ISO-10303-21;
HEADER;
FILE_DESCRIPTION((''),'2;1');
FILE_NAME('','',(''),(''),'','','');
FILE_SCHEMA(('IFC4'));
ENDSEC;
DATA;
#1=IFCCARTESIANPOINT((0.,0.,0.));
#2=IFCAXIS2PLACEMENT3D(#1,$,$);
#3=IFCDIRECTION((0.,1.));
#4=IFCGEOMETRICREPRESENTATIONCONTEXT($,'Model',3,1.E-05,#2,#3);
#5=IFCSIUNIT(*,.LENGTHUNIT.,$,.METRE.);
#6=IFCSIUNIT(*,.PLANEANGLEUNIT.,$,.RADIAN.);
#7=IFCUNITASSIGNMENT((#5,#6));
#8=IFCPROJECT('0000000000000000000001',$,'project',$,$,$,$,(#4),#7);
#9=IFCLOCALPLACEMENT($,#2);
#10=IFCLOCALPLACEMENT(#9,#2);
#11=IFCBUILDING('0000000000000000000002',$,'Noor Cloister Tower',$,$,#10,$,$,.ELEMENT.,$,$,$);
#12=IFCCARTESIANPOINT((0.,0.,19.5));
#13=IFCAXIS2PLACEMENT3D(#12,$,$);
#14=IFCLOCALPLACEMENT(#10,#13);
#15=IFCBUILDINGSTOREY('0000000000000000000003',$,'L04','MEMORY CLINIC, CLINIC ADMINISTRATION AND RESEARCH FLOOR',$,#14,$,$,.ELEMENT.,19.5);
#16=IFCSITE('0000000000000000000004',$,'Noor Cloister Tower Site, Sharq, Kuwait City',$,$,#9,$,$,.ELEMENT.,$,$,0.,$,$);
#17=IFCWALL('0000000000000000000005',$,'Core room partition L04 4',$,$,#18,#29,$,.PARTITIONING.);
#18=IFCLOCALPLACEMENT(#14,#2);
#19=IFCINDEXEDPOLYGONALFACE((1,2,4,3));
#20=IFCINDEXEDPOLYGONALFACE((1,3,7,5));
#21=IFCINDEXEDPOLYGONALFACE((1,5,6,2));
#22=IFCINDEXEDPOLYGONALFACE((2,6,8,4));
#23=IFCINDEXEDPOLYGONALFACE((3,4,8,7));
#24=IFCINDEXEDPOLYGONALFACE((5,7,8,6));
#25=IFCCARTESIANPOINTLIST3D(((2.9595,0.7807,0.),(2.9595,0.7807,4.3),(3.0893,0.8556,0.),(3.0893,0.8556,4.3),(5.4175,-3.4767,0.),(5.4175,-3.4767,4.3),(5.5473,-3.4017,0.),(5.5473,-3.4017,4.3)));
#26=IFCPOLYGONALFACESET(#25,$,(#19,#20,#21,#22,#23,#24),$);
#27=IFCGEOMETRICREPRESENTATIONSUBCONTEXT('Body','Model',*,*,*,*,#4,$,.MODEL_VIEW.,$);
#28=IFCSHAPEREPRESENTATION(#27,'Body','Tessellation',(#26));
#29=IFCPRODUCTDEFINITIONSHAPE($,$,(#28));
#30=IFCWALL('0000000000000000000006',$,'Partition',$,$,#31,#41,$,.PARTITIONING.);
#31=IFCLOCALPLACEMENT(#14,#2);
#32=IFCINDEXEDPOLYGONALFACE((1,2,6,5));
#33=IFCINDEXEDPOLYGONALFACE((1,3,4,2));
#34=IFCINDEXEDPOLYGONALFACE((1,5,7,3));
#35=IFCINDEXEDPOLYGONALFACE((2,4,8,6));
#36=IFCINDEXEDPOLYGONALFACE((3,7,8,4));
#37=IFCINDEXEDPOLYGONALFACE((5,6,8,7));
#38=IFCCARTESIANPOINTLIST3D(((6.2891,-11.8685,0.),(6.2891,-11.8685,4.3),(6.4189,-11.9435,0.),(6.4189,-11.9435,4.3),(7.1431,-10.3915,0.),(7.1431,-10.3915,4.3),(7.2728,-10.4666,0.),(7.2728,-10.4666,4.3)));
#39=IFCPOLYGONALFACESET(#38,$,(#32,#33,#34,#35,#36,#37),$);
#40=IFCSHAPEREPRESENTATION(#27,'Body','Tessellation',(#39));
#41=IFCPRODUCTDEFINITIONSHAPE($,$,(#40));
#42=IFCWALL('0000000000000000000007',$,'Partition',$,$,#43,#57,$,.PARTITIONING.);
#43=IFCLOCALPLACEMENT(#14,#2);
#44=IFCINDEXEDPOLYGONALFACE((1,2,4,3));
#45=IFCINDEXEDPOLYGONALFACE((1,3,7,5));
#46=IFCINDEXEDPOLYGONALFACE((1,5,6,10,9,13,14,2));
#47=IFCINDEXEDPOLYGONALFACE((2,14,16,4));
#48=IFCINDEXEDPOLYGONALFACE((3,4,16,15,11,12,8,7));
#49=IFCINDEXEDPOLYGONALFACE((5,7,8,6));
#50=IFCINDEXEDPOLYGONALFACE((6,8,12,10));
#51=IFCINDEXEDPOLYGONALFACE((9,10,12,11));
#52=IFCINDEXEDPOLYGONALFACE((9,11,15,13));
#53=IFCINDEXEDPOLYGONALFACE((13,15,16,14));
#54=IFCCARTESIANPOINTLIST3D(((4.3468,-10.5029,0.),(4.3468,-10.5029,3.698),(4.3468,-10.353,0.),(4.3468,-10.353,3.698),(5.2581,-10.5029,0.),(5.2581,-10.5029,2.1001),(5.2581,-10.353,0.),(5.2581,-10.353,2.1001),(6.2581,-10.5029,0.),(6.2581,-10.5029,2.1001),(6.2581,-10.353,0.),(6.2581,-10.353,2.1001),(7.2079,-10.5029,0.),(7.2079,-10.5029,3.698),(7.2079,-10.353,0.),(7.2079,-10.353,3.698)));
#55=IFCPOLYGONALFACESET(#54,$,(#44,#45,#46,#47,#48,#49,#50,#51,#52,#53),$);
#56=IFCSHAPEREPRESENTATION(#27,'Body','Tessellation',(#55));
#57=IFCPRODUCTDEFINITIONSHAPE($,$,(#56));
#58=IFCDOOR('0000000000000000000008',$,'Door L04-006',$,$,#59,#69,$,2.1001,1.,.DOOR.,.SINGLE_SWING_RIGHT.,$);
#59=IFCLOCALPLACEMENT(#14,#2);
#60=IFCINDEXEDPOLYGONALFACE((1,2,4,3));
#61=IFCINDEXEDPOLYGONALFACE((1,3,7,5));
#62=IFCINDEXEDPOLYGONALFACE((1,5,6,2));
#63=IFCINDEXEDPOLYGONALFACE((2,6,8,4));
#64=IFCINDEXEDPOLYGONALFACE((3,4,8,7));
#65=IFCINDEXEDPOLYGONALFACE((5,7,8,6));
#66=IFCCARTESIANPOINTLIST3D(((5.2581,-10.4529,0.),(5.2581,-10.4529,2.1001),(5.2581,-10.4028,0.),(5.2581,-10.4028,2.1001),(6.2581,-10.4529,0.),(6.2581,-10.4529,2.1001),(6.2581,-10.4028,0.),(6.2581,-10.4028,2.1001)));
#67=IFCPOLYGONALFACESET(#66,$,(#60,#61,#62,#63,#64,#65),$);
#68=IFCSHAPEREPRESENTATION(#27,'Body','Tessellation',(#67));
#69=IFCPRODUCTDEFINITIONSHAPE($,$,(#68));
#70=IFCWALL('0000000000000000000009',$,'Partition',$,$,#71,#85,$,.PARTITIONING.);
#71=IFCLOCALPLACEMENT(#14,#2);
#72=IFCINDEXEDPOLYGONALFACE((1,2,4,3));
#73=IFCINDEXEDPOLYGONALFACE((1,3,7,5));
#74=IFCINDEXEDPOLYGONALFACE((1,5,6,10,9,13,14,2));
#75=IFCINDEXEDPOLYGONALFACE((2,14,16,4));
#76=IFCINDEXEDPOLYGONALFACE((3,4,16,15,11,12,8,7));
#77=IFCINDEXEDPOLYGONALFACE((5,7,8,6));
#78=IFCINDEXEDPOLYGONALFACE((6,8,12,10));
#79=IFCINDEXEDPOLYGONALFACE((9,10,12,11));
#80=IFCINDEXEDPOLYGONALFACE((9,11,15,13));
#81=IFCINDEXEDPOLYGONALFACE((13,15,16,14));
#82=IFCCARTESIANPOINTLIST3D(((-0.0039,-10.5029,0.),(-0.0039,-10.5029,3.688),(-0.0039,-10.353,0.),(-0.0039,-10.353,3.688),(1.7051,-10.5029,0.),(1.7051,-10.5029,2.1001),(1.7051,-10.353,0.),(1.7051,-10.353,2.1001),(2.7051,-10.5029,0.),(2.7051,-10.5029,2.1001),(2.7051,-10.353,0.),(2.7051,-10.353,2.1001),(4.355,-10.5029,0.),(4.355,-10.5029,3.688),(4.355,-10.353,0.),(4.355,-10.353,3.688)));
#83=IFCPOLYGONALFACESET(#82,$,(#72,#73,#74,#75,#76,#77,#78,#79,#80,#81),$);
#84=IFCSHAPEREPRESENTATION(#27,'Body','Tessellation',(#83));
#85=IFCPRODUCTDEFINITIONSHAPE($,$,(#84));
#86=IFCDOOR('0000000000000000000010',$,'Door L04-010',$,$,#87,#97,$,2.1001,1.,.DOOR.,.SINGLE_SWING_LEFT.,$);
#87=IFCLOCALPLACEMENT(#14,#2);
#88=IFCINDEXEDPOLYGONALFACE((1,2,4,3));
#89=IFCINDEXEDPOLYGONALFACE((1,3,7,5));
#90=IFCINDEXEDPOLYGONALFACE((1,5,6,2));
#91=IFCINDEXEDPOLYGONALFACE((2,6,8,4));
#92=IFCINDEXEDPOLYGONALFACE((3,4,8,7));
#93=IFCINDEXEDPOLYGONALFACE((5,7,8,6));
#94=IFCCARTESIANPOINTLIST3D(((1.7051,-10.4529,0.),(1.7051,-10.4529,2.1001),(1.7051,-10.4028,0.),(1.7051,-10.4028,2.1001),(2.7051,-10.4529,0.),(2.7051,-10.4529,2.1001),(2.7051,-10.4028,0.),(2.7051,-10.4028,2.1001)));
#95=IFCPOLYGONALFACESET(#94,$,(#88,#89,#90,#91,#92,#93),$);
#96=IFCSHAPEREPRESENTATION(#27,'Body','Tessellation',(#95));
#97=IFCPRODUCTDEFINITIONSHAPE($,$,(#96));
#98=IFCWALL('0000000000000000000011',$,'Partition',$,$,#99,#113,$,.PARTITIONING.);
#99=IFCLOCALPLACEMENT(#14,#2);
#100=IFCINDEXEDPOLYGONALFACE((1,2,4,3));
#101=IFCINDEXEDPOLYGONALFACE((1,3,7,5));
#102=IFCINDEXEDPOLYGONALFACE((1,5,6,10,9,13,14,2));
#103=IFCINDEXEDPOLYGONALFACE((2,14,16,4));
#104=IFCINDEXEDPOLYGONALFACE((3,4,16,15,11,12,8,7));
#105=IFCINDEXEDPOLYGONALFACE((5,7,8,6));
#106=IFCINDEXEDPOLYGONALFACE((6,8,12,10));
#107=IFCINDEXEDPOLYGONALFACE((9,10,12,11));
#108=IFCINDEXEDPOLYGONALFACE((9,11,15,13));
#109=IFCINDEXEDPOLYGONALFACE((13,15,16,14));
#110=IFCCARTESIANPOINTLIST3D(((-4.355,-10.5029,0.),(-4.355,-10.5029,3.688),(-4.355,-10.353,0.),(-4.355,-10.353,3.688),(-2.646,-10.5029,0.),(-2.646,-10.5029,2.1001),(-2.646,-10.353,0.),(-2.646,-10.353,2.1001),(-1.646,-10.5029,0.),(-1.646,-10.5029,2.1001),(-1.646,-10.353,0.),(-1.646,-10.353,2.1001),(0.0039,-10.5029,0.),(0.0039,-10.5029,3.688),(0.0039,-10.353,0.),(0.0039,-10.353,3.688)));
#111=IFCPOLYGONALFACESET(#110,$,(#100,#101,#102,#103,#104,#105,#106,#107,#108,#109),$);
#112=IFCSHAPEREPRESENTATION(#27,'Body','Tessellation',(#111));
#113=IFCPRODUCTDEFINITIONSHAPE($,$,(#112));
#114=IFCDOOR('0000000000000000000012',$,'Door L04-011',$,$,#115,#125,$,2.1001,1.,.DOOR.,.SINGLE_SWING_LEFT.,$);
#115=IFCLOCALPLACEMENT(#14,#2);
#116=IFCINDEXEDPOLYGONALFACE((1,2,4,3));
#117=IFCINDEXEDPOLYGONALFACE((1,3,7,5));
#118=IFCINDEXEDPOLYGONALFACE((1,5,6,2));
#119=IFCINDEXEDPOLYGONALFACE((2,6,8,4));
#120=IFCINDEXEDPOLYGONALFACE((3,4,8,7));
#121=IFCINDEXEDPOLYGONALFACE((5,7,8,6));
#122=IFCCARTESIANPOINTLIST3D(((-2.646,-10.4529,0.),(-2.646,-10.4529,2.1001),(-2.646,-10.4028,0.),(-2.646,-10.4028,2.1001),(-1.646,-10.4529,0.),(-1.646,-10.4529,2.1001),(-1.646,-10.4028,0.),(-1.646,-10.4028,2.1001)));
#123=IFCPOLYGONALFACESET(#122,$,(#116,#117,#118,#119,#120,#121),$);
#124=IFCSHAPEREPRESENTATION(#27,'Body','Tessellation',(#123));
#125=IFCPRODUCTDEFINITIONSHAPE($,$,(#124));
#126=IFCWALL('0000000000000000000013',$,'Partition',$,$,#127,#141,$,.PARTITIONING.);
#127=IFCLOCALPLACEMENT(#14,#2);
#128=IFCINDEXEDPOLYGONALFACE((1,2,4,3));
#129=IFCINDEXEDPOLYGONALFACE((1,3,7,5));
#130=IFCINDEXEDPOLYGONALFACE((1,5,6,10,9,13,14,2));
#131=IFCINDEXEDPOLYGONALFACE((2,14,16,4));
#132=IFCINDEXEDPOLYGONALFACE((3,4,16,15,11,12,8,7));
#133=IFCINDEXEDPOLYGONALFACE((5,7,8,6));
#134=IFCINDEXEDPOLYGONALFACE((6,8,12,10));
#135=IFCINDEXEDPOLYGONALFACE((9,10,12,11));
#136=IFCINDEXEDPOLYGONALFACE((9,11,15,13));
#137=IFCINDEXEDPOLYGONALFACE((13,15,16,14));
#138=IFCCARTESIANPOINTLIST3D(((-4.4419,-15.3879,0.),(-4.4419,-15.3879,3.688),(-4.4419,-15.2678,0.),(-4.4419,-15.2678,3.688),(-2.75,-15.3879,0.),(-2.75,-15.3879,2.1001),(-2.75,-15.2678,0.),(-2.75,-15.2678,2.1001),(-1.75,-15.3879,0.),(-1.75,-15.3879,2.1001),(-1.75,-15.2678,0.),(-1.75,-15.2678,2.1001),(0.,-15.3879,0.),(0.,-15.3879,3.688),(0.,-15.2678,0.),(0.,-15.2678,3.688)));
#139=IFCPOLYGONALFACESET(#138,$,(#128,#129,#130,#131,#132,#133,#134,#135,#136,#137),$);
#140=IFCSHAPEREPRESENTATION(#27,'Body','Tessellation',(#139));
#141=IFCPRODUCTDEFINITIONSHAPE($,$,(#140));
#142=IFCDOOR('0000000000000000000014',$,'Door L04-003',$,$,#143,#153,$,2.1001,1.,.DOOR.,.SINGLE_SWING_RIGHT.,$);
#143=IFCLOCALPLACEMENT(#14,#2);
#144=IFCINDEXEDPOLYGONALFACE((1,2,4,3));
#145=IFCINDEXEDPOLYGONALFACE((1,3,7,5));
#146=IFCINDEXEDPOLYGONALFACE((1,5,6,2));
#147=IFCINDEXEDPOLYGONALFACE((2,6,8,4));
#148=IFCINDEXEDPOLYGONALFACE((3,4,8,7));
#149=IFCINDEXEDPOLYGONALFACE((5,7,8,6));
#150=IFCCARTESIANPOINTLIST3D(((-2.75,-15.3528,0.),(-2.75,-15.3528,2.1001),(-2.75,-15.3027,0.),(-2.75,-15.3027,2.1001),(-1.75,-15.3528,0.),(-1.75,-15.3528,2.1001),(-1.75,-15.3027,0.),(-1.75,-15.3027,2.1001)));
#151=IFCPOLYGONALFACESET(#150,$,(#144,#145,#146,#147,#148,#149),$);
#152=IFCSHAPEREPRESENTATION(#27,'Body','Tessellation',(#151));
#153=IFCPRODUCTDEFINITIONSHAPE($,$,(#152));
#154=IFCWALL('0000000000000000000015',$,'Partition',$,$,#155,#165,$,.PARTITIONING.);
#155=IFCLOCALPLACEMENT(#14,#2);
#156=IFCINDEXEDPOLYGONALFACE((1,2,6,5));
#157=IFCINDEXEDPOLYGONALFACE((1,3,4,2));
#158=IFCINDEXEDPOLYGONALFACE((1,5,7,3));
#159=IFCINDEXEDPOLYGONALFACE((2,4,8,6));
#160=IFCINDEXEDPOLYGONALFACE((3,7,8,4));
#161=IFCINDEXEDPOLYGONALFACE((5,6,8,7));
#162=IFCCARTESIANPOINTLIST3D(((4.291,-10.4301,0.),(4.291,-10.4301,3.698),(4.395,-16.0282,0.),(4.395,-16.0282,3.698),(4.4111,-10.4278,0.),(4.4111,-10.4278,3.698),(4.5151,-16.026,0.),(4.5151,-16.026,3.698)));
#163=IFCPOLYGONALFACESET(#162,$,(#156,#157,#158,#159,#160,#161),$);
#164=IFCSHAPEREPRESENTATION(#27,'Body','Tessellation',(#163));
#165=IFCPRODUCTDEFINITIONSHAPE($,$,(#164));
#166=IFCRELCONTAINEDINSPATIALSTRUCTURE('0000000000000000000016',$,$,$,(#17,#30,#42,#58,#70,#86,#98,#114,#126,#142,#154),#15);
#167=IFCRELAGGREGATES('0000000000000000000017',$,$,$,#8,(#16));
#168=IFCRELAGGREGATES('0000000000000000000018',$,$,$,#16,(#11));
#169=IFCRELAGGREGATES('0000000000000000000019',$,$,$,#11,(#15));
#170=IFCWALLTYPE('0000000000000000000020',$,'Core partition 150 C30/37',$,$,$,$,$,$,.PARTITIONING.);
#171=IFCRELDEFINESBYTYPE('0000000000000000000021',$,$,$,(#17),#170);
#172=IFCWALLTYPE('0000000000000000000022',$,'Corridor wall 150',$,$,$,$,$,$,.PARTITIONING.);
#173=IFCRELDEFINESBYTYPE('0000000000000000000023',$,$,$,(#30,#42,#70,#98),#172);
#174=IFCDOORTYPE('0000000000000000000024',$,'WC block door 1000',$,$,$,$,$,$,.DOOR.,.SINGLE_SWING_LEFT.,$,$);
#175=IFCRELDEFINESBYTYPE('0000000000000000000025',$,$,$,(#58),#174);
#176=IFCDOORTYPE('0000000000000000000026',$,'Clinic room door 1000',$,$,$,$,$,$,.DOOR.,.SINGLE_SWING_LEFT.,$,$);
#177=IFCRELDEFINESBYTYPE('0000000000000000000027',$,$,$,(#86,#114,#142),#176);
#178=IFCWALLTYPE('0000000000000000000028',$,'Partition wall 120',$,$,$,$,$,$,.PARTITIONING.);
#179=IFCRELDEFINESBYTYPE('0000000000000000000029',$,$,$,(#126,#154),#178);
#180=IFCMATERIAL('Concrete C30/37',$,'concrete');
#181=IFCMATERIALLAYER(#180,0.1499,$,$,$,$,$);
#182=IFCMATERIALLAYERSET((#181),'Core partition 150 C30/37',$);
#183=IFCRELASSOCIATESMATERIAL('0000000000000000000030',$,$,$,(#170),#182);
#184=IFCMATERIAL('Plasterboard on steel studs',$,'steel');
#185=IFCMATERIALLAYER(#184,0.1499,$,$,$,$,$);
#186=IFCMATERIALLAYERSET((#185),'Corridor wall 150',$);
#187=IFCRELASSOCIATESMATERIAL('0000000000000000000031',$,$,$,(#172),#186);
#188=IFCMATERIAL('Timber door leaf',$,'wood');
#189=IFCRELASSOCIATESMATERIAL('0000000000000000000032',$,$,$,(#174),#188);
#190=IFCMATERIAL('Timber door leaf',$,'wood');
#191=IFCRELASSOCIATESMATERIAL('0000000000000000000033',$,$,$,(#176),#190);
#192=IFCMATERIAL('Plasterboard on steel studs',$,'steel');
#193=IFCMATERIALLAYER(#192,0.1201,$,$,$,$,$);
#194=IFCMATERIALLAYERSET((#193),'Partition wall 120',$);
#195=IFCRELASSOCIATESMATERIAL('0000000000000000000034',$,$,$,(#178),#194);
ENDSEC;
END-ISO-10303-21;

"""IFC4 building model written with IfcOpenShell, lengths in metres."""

from ifc_helpers import new_model, si_unit, direction, frame, frame_2d, origin, place, context, subcontext, project, spatial, rectangle, extrude, material, layer, layer_set, type_object, element, fill, save


model = new_model("IFC4")

# Units and contexts
model_context = context("Model", 3, precision=1e-05, world=origin(), true_north=direction((0.0, 1.0)))
body_context = subcontext(model_context, "Body", "Model", "MODEL_VIEW")
ifc_project = project(units=[si_unit("LENGTHUNIT", "METRE"), si_unit("PLANEANGLEUNIT", "RADIAN")], contexts=[model_context])

# Site, building, storey
site_placement = place(None, origin())
site = spatial("IfcSite", under=ifc_project, at=site_placement, Name="Noor Cloister Tower Site, Sharq, Kuwait City", CompositionType="ELEMENT", RefElevation=0.0)
building_placement = place(site_placement, origin())
building = spatial("IfcBuilding", under=site, at=building_placement, Name="Noor Cloister Tower", CompositionType="ELEMENT")
storey_placement = place(building_placement, frame((0.0, 0.0, 19.5)))
storey = spatial("IfcBuildingStorey", under=building, at=storey_placement, Name="L04", Description="MEMORY CLINIC, CLINIC ADMINISTRATION AND RESEARCH FLOOR", CompositionType="ELEMENT", Elevation=19.5)

# Walls
ifc_material_1 = material(Name="Concrete C30/37", Category="concrete")
ifc_layer_1 = layer(ifc_material_1, 0.1499)
ifc_layer_set_1 = layer_set([ifc_layer_1], Name="Core partition 150 C30/37")
wall_type_1 = type_object("IfcWallType", Name="Core partition 150 C30/37", PredefinedType="PARTITIONING", material=ifc_layer_set_1)
wall_1_placement = place(storey_placement, frame((5.4824, -3.4392, 0.0), z_axis=(0.0, 0.0, 1.0), x_axis=(-0.500006, 0.866022, 0.0)))
element("IfcWall", 1, at=wall_1_placement, inside=storey, type_object=wall_type_1, Name="Core room partition L04 4", PredefinedType="PARTITIONING", context=body_context, shape_type="SweptSolid", body=[
    extrude(rectangle(XDim=4.916, YDim=0.1499, at=frame_2d((2.458, 0.0))), origin(), (0.0, 0.0, 1.0), 4.3),
])
ifc_material_2 = material(Name="Plasterboard on steel studs", Category="steel")
ifc_layer_2 = layer(ifc_material_2, 0.1499)
ifc_layer_set_2 = layer_set([ifc_layer_2], Name="Corridor wall 150")
wall_type_2 = type_object("IfcWallType", Name="Corridor wall 150", PredefinedType="PARTITIONING", material=ifc_layer_set_2)
wall_2_placement = place(storey_placement, frame((6.354, -11.906, 0.0), z_axis=(0.0, 0.0, 1.0), x_axis=(0.50054, 0.865714, 0.0)))
element("IfcWall", 2, at=wall_2_placement, inside=storey, type_object=wall_type_2, Name="Partition", PredefinedType="PARTITIONING", context=body_context, shape_type="SweptSolid", body=[
    extrude(rectangle(XDim=1.7061, YDim=0.1499, at=frame_2d((0.853, 0.0))), origin(), (0.0, 0.0, 1.0), 4.3),
])

# Walls, openings, doors
wall_3_placement = place(storey_placement, frame((7.208, -10.428, 0.0), z_axis=(0.0, 0.0, 1.0), x_axis=(-1.0, 0.0, 0.0)))
wall_3 = element("IfcWall", 3, at=wall_3_placement, inside=storey, type_object=wall_type_2, Name="Partition", PredefinedType="PARTITIONING", context=body_context, shape_type="SweptSolid", body=[
    extrude(rectangle(XDim=2.8611, YDim=0.1499, at=frame_2d((1.4307, 0.0))), origin(), (0.0, 0.0, 1.0), 3.698),
])
opening_1_placement = place(wall_3_placement, frame((0.95, 0.0, 0.0)))
opening_1 = element("IfcOpeningElement", 4, at=opening_1_placement, cuts=wall_3, PredefinedType="OPENING", context=body_context, shape_type="SweptSolid", body=[
    extrude(rectangle(XDim=1.0, YDim=2.1001, at=frame_2d((0.5, 1.05))), frame((0.0, 0.085, 0.0), z_axis=(0.0, -1.0, 0.0), x_axis=(1.0, 0.0, 0.0)), (0.0, 0.0, 1.0), 0.1699),
])
ifc_material_3 = material(Name="Timber door leaf", Category="wood")
door_type_1 = type_object("IfcDoorType", Name="WC block door 1000", OperationType="SINGLE_SWING_LEFT", PredefinedType="DOOR", material=ifc_material_3)
door_1_placement = place(opening_1_placement, origin())
door_1 = element("IfcDoor", 5, at=door_1_placement, inside=storey, type_object=door_type_1, Name="Door L04-006", OperationType="SINGLE_SWING_RIGHT", OverallHeight=2.1001, OverallWidth=1.0, PredefinedType="DOOR", context=body_context, shape_type="SweptSolid", body=[
    extrude(rectangle(XDim=1.0, YDim=2.1001, at=frame_2d((0.5, 1.05))), frame((0.0, 0.0249, 0.0), z_axis=(0.0, -1.0, 0.0), x_axis=(1.0, 0.0, 0.0)), (0.0, 0.0, 1.0), 0.05),
])
fill(opening_1, door_1)
wall_4_placement = place(storey_placement, frame((4.355, -10.428, 0.0), z_axis=(0.0, 0.0, 1.0), x_axis=(-1.0, 0.0, 0.0)))
wall_4 = element("IfcWall", 6, at=wall_4_placement, inside=storey, type_object=wall_type_2, Name="Partition", PredefinedType="PARTITIONING", context=body_context, shape_type="SweptSolid", body=[
    extrude(rectangle(XDim=4.3589, YDim=0.1499, at=frame_2d((2.1794, 0.0))), origin(), (0.0, 0.0, 1.0), 3.688),
])
opening_2_placement = place(wall_4_placement, frame((1.6499, 0.0, 0.0)))
opening_2 = element("IfcOpeningElement", 7, at=opening_2_placement, cuts=wall_4, PredefinedType="OPENING", context=body_context, shape_type="SweptSolid", body=[
    extrude(rectangle(XDim=1.0, YDim=2.1001, at=frame_2d((0.5, 1.05))), frame((0.0, 0.085, 0.0), z_axis=(0.0, -1.0, 0.0), x_axis=(1.0, 0.0, 0.0)), (0.0, 0.0, 1.0), 0.1699),
])
ifc_material_4 = material(Name="Timber door leaf", Category="wood")
door_type_2 = type_object("IfcDoorType", Name="Clinic room door 1000", OperationType="SINGLE_SWING_LEFT", PredefinedType="DOOR", material=ifc_material_4)
door_2_placement = place(opening_2_placement, origin())
door_2 = element("IfcDoor", 8, at=door_2_placement, inside=storey, type_object=door_type_2, Name="Door L04-010", OperationType="SINGLE_SWING_LEFT", OverallHeight=2.1001, OverallWidth=1.0, PredefinedType="DOOR", context=body_context, shape_type="SweptSolid", body=[
    extrude(rectangle(XDim=1.0, YDim=2.1001, at=frame_2d((0.5, 1.05))), frame((0.0, 0.0249, 0.0), z_axis=(0.0, -1.0, 0.0), x_axis=(1.0, 0.0, 0.0)), (0.0, 0.0, 1.0), 0.05),
])
fill(opening_2, door_2)
wall_5_placement = place(storey_placement, frame((0.0039, -10.428, 0.0), z_axis=(0.0, 0.0, 1.0), x_axis=(-1.0, 0.0, 0.0)))
wall_5 = element("IfcWall", 9, at=wall_5_placement, inside=storey, type_object=wall_type_2, Name="Partition", PredefinedType="PARTITIONING", context=body_context, shape_type="SweptSolid", body=[
    extrude(rectangle(XDim=4.3589, YDim=0.1499, at=frame_2d((2.1794, 0.0))), origin(), (0.0, 0.0, 1.0), 3.688),
])
opening_3_placement = place(wall_5_placement, frame((1.6499, 0.0, 0.0)))
opening_3 = element("IfcOpeningElement", 10, at=opening_3_placement, cuts=wall_5, PredefinedType="OPENING", context=body_context, shape_type="SweptSolid", body=[
    extrude(rectangle(XDim=1.0, YDim=2.1001, at=frame_2d((0.5, 1.05))), frame((0.0, 0.085, 0.0), z_axis=(0.0, -1.0, 0.0), x_axis=(1.0, 0.0, 0.0)), (0.0, 0.0, 1.0), 0.1699),
])
door_3_placement = place(opening_3_placement, origin())
door_3 = element("IfcDoor", 11, at=door_3_placement, inside=storey, type_object=door_type_2, Name="Door L04-011", OperationType="SINGLE_SWING_LEFT", OverallHeight=2.1001, OverallWidth=1.0, PredefinedType="DOOR", context=body_context, shape_type="SweptSolid", body=[
    extrude(rectangle(XDim=1.0, YDim=2.1001, at=frame_2d((0.5, 1.05))), frame((0.0, 0.0249, 0.0), z_axis=(0.0, -1.0, 0.0), x_axis=(1.0, 0.0, 0.0)), (0.0, 0.0, 1.0), 0.05),
])
fill(opening_3, door_3)
ifc_material_5 = material(Name="Plasterboard on steel studs", Category="steel")
ifc_layer_3 = layer(ifc_material_5, 0.1201)
ifc_layer_set_3 = layer_set([ifc_layer_3], Name="Partition wall 120")
wall_type_3 = type_object("IfcWallType", Name="Partition wall 120", PredefinedType="PARTITIONING", material=ifc_layer_set_3)
wall_6_placement = place(storey_placement, frame((0.0, -15.3279, 0.0), z_axis=(0.0, 0.0, 1.0), x_axis=(-1.0, 0.0, 0.0)))
wall_6 = element("IfcWall", 12, at=wall_6_placement, inside=storey, type_object=wall_type_3, Name="Partition", PredefinedType="PARTITIONING", context=body_context, shape_type="SweptSolid", body=[
    extrude(rectangle(XDim=4.4419, YDim=0.1201, at=frame_2d((2.2209, 0.0))), origin(), (0.0, 0.0, 1.0), 3.688),
])
opening_4_placement = place(wall_6_placement, frame((1.75, 0.0, 0.0)))
opening_4 = element("IfcOpeningElement", 13, at=opening_4_placement, cuts=wall_6, PredefinedType="OPENING", context=body_context, shape_type="SweptSolid", body=[
    extrude(rectangle(XDim=1.0, YDim=2.1001, at=frame_2d((0.5, 1.05))), frame((0.0, 0.0701, 0.0), z_axis=(0.0, -1.0, 0.0), x_axis=(1.0, 0.0, 0.0)), (0.0, 0.0, 1.0), 0.1401),
])
door_4_placement = place(opening_4_placement, origin())
door_4 = element("IfcDoor", 14, at=door_4_placement, inside=storey, type_object=door_type_2, Name="Door L04-003", OperationType="SINGLE_SWING_RIGHT", OverallHeight=2.1001, OverallWidth=1.0, PredefinedType="DOOR", context=body_context, shape_type="SweptSolid", body=[
    extrude(rectangle(XDim=1.0, YDim=2.1001, at=frame_2d((0.5, 1.05))), frame((0.0, 0.0249, 0.0), z_axis=(0.0, -1.0, 0.0), x_axis=(1.0, 0.0, 0.0)), (0.0, 0.0, 1.0), 0.05),
])
fill(opening_4, door_4)

# Wall
wall_7_placement = place(storey_placement, frame((4.3511, -10.429, 0.0), z_axis=(0.0, 0.0, 1.0), x_axis=(0.018575, -0.999827, 0.0)))
element("IfcWall", 15, at=wall_7_placement, inside=storey, type_object=wall_type_3, Name="Partition", PredefinedType="PARTITIONING", context=body_context, shape_type="SweptSolid", body=[
    extrude(rectangle(XDim=5.5991, YDim=0.1201, at=frame_2d((2.7996, 0.0))), origin(), (0.0, 0.0, 1.0), 3.698),
])

save(model, "model.ifc")
